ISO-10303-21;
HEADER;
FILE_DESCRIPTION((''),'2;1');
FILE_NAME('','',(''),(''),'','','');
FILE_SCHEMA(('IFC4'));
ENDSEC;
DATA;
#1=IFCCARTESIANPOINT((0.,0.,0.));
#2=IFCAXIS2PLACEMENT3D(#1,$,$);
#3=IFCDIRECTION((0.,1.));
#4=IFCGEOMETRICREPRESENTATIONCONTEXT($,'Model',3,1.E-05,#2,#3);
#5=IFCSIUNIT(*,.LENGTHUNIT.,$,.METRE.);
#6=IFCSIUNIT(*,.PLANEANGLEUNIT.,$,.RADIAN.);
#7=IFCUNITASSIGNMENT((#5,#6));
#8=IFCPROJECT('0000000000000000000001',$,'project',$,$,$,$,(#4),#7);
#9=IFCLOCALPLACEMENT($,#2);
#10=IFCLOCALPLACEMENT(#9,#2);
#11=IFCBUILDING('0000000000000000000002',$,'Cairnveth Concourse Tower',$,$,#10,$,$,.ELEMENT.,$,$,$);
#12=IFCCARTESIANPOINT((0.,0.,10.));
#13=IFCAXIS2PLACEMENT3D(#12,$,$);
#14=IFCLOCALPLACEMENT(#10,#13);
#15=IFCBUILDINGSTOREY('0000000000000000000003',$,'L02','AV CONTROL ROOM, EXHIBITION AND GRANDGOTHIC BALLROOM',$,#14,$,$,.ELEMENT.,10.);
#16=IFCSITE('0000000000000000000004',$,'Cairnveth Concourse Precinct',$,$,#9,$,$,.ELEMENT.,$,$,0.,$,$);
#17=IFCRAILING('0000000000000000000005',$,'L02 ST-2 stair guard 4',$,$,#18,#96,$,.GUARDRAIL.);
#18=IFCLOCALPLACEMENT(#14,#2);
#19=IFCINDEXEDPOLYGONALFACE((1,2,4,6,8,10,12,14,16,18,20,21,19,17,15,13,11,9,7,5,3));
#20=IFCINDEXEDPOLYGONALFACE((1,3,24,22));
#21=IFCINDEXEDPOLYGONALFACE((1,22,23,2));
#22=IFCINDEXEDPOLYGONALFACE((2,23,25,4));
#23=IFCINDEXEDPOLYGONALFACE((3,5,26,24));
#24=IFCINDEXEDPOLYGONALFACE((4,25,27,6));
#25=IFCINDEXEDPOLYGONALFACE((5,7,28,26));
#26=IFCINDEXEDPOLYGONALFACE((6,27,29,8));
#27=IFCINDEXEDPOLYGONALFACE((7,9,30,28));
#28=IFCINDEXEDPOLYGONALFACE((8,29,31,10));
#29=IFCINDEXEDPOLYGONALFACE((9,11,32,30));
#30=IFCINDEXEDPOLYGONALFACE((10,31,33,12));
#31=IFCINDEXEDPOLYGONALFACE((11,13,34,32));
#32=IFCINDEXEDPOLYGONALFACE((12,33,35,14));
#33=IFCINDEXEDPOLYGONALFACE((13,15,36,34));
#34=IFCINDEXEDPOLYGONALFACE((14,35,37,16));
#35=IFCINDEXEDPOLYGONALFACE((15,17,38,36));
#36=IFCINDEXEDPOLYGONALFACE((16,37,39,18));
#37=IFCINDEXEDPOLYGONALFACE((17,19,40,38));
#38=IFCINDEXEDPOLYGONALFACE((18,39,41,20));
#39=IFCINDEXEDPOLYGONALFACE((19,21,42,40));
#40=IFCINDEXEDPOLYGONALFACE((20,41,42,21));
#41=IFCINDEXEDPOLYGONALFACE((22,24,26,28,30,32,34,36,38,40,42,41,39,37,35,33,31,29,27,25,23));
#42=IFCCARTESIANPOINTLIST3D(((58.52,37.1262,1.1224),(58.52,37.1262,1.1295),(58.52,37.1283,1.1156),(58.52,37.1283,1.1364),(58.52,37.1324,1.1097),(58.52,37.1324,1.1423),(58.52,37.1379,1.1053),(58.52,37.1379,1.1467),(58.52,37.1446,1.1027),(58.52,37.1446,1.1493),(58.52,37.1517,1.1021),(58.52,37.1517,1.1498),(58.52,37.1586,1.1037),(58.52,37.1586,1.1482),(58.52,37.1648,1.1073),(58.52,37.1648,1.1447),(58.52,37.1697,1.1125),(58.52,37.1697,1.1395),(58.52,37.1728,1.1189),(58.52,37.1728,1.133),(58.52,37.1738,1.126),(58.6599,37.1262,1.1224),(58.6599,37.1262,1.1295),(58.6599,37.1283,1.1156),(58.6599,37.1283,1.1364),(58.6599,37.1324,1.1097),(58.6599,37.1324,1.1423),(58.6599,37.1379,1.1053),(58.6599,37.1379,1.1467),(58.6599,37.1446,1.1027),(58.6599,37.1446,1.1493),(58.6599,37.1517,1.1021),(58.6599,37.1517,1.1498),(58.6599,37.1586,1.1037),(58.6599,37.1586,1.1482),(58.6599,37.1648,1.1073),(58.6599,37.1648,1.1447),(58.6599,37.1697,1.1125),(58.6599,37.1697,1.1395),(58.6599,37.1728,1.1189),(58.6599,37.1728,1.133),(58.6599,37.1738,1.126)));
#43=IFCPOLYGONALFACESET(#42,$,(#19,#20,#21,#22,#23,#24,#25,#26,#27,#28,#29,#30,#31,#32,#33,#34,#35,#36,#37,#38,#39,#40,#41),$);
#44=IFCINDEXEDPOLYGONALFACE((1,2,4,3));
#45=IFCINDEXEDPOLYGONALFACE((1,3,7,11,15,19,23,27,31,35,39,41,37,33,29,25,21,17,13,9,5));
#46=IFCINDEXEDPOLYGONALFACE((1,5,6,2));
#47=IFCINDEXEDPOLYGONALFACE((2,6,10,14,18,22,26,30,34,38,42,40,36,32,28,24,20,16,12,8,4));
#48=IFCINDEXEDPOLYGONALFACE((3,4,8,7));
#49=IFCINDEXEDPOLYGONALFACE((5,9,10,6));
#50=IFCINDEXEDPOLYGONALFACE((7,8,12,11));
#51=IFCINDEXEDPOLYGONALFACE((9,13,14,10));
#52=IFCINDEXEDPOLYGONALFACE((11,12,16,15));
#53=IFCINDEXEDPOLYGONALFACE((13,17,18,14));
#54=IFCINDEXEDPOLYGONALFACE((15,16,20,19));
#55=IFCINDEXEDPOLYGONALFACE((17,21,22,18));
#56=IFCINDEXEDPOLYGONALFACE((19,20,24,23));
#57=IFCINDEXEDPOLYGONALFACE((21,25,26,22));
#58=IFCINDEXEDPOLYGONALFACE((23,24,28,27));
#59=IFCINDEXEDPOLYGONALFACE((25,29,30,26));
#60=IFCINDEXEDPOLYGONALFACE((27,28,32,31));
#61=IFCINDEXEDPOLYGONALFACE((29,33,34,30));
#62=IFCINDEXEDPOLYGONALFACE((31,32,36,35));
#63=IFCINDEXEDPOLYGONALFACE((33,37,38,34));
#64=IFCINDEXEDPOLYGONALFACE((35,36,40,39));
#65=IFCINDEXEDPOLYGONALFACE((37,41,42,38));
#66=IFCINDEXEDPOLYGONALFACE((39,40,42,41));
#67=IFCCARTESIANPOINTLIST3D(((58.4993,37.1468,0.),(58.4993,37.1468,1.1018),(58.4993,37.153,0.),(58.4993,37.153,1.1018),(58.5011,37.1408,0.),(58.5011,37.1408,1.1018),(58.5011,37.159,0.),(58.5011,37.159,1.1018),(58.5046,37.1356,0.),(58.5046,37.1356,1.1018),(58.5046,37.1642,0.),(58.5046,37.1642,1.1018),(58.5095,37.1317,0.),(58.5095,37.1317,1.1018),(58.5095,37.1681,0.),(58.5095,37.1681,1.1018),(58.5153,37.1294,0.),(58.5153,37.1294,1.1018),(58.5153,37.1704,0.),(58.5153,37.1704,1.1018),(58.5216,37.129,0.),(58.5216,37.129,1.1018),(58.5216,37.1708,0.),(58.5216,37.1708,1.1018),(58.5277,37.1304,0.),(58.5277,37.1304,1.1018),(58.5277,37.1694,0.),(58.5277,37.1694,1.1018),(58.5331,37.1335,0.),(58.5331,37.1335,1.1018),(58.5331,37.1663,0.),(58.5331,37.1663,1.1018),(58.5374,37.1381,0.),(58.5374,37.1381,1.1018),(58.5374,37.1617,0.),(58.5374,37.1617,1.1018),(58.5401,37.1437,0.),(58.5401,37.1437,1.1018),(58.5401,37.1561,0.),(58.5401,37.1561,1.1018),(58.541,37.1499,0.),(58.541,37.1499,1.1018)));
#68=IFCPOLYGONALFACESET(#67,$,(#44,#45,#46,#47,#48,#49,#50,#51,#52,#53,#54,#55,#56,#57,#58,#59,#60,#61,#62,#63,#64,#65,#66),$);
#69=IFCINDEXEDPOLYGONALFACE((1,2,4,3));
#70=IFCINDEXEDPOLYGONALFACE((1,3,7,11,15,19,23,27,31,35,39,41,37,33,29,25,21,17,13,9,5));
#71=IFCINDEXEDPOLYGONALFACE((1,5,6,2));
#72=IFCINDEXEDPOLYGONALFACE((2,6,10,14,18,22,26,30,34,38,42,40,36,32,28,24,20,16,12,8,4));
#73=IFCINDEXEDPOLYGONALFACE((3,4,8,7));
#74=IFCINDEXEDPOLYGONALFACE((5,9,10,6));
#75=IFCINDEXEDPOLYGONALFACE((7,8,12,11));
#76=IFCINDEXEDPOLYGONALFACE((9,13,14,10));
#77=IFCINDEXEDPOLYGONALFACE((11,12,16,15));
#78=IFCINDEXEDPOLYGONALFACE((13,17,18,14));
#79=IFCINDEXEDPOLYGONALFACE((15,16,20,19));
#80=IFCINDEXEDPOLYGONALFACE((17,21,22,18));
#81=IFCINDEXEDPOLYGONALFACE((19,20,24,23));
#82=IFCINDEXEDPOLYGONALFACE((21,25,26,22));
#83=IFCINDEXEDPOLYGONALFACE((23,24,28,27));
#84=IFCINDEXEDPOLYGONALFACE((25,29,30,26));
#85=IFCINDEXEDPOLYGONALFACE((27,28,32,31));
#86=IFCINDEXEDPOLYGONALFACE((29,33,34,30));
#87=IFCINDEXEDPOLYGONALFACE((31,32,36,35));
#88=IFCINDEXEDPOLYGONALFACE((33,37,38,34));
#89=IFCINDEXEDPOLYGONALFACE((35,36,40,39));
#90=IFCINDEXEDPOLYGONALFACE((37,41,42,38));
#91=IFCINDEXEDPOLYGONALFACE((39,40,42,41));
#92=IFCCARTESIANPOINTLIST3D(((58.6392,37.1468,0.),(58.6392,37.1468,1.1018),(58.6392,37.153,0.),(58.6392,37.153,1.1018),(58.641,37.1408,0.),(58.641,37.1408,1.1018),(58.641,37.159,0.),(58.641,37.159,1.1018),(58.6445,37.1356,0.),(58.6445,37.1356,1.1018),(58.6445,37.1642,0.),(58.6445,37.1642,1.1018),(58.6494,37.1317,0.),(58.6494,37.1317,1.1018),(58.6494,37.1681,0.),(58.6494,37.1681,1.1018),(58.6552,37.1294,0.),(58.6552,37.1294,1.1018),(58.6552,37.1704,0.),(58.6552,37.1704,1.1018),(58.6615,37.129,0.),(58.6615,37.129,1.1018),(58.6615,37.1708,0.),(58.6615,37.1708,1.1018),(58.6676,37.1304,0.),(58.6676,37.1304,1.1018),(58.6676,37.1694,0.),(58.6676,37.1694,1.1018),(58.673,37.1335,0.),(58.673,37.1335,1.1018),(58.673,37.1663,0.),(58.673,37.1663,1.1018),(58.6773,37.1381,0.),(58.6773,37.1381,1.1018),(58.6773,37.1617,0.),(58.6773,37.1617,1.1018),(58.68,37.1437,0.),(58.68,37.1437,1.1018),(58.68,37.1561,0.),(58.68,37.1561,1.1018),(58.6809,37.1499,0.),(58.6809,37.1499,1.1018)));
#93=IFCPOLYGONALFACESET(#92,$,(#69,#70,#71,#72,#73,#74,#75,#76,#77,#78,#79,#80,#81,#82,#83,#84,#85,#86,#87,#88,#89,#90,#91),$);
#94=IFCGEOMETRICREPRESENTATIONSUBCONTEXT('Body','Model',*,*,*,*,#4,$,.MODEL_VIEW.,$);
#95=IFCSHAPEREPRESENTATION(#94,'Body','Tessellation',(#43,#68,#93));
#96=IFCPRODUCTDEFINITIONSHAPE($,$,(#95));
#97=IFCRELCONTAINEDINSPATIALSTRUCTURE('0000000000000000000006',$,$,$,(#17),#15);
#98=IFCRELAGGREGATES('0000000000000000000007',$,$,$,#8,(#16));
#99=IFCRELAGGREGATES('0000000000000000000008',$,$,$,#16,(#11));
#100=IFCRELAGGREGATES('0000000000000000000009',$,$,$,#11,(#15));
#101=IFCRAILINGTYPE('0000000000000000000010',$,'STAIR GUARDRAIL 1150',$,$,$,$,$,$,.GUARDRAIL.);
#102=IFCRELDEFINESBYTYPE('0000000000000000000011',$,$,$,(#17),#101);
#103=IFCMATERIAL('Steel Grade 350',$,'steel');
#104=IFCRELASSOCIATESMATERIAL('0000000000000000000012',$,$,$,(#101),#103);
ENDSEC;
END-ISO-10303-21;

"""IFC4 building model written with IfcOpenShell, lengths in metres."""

from ifc_helpers import new_model, si_unit, direction, frame, origin, origin_2d, place, context, subcontext, project, spatial, circle, extrude, material, type_object, element, save


model = new_model("IFC4")

# Units and contexts
model_context = context("Model", 3, precision=1e-05, world=origin(), true_north=direction((0.0, 1.0)))
body_context = subcontext(model_context, "Body", "Model", "MODEL_VIEW")
ifc_project = project(units=[si_unit("LENGTHUNIT", "METRE"), si_unit("PLANEANGLEUNIT", "RADIAN")], contexts=[model_context])

# Site, building, storey
site_placement = place(None, origin())
site = spatial("IfcSite", under=ifc_project, at=site_placement, Name="Cairnveth Concourse Precinct", CompositionType="ELEMENT", RefElevation=0.0)
building_placement = place(site_placement, origin())
building = spatial("IfcBuilding", under=site, at=building_placement, Name="Cairnveth Concourse Tower", CompositionType="ELEMENT")
storey_placement = place(building_placement, frame((0.0, 0.0, 10.0)))
storey = spatial("IfcBuildingStorey", under=building, at=storey_placement, Name="L02", Description="AV CONTROL ROOM, EXHIBITION AND GRANDGOTHIC BALLROOM", CompositionType="ELEMENT", Elevation=10.0)

# Shared definitions
ifc_material_1 = material(Name="Steel Grade 350", Category="steel")

# Railing
railing_type_1 = type_object("IfcRailingType", Name="STAIR GUARDRAIL 1150", PredefinedType="GUARDRAIL", material=ifc_material_1)
railing_1_placement = place(storey_placement, frame((58.52, 37.1499, 0.0)))
element("IfcRailing", 1, at=railing_1_placement, inside=storey, type_object=railing_type_1, Name="L02 ST-2 stair guard 4", PredefinedType="GUARDRAIL", context=body_context, shape_type="SweptSolid", body=[
    extrude(circle(Radius=0.0239, at=origin_2d()), frame((0.0, 0.0, 1.126), z_axis=(1.0, 0.0, 0.0), x_axis=(0.0, 1.0, 0.0)), (0.0, 0.0, 1.0), 0.1399),
    extrude(circle(Radius=0.021, at=origin_2d()), origin(), (0.0, 0.0, 1.0), 1.1018),
    extrude(circle(Radius=0.021, at=origin_2d()), frame((0.1399, 0.0, 0.0)), (0.0, 0.0, 1.0), 1.1018),
])

save(model, "model.ifc")
